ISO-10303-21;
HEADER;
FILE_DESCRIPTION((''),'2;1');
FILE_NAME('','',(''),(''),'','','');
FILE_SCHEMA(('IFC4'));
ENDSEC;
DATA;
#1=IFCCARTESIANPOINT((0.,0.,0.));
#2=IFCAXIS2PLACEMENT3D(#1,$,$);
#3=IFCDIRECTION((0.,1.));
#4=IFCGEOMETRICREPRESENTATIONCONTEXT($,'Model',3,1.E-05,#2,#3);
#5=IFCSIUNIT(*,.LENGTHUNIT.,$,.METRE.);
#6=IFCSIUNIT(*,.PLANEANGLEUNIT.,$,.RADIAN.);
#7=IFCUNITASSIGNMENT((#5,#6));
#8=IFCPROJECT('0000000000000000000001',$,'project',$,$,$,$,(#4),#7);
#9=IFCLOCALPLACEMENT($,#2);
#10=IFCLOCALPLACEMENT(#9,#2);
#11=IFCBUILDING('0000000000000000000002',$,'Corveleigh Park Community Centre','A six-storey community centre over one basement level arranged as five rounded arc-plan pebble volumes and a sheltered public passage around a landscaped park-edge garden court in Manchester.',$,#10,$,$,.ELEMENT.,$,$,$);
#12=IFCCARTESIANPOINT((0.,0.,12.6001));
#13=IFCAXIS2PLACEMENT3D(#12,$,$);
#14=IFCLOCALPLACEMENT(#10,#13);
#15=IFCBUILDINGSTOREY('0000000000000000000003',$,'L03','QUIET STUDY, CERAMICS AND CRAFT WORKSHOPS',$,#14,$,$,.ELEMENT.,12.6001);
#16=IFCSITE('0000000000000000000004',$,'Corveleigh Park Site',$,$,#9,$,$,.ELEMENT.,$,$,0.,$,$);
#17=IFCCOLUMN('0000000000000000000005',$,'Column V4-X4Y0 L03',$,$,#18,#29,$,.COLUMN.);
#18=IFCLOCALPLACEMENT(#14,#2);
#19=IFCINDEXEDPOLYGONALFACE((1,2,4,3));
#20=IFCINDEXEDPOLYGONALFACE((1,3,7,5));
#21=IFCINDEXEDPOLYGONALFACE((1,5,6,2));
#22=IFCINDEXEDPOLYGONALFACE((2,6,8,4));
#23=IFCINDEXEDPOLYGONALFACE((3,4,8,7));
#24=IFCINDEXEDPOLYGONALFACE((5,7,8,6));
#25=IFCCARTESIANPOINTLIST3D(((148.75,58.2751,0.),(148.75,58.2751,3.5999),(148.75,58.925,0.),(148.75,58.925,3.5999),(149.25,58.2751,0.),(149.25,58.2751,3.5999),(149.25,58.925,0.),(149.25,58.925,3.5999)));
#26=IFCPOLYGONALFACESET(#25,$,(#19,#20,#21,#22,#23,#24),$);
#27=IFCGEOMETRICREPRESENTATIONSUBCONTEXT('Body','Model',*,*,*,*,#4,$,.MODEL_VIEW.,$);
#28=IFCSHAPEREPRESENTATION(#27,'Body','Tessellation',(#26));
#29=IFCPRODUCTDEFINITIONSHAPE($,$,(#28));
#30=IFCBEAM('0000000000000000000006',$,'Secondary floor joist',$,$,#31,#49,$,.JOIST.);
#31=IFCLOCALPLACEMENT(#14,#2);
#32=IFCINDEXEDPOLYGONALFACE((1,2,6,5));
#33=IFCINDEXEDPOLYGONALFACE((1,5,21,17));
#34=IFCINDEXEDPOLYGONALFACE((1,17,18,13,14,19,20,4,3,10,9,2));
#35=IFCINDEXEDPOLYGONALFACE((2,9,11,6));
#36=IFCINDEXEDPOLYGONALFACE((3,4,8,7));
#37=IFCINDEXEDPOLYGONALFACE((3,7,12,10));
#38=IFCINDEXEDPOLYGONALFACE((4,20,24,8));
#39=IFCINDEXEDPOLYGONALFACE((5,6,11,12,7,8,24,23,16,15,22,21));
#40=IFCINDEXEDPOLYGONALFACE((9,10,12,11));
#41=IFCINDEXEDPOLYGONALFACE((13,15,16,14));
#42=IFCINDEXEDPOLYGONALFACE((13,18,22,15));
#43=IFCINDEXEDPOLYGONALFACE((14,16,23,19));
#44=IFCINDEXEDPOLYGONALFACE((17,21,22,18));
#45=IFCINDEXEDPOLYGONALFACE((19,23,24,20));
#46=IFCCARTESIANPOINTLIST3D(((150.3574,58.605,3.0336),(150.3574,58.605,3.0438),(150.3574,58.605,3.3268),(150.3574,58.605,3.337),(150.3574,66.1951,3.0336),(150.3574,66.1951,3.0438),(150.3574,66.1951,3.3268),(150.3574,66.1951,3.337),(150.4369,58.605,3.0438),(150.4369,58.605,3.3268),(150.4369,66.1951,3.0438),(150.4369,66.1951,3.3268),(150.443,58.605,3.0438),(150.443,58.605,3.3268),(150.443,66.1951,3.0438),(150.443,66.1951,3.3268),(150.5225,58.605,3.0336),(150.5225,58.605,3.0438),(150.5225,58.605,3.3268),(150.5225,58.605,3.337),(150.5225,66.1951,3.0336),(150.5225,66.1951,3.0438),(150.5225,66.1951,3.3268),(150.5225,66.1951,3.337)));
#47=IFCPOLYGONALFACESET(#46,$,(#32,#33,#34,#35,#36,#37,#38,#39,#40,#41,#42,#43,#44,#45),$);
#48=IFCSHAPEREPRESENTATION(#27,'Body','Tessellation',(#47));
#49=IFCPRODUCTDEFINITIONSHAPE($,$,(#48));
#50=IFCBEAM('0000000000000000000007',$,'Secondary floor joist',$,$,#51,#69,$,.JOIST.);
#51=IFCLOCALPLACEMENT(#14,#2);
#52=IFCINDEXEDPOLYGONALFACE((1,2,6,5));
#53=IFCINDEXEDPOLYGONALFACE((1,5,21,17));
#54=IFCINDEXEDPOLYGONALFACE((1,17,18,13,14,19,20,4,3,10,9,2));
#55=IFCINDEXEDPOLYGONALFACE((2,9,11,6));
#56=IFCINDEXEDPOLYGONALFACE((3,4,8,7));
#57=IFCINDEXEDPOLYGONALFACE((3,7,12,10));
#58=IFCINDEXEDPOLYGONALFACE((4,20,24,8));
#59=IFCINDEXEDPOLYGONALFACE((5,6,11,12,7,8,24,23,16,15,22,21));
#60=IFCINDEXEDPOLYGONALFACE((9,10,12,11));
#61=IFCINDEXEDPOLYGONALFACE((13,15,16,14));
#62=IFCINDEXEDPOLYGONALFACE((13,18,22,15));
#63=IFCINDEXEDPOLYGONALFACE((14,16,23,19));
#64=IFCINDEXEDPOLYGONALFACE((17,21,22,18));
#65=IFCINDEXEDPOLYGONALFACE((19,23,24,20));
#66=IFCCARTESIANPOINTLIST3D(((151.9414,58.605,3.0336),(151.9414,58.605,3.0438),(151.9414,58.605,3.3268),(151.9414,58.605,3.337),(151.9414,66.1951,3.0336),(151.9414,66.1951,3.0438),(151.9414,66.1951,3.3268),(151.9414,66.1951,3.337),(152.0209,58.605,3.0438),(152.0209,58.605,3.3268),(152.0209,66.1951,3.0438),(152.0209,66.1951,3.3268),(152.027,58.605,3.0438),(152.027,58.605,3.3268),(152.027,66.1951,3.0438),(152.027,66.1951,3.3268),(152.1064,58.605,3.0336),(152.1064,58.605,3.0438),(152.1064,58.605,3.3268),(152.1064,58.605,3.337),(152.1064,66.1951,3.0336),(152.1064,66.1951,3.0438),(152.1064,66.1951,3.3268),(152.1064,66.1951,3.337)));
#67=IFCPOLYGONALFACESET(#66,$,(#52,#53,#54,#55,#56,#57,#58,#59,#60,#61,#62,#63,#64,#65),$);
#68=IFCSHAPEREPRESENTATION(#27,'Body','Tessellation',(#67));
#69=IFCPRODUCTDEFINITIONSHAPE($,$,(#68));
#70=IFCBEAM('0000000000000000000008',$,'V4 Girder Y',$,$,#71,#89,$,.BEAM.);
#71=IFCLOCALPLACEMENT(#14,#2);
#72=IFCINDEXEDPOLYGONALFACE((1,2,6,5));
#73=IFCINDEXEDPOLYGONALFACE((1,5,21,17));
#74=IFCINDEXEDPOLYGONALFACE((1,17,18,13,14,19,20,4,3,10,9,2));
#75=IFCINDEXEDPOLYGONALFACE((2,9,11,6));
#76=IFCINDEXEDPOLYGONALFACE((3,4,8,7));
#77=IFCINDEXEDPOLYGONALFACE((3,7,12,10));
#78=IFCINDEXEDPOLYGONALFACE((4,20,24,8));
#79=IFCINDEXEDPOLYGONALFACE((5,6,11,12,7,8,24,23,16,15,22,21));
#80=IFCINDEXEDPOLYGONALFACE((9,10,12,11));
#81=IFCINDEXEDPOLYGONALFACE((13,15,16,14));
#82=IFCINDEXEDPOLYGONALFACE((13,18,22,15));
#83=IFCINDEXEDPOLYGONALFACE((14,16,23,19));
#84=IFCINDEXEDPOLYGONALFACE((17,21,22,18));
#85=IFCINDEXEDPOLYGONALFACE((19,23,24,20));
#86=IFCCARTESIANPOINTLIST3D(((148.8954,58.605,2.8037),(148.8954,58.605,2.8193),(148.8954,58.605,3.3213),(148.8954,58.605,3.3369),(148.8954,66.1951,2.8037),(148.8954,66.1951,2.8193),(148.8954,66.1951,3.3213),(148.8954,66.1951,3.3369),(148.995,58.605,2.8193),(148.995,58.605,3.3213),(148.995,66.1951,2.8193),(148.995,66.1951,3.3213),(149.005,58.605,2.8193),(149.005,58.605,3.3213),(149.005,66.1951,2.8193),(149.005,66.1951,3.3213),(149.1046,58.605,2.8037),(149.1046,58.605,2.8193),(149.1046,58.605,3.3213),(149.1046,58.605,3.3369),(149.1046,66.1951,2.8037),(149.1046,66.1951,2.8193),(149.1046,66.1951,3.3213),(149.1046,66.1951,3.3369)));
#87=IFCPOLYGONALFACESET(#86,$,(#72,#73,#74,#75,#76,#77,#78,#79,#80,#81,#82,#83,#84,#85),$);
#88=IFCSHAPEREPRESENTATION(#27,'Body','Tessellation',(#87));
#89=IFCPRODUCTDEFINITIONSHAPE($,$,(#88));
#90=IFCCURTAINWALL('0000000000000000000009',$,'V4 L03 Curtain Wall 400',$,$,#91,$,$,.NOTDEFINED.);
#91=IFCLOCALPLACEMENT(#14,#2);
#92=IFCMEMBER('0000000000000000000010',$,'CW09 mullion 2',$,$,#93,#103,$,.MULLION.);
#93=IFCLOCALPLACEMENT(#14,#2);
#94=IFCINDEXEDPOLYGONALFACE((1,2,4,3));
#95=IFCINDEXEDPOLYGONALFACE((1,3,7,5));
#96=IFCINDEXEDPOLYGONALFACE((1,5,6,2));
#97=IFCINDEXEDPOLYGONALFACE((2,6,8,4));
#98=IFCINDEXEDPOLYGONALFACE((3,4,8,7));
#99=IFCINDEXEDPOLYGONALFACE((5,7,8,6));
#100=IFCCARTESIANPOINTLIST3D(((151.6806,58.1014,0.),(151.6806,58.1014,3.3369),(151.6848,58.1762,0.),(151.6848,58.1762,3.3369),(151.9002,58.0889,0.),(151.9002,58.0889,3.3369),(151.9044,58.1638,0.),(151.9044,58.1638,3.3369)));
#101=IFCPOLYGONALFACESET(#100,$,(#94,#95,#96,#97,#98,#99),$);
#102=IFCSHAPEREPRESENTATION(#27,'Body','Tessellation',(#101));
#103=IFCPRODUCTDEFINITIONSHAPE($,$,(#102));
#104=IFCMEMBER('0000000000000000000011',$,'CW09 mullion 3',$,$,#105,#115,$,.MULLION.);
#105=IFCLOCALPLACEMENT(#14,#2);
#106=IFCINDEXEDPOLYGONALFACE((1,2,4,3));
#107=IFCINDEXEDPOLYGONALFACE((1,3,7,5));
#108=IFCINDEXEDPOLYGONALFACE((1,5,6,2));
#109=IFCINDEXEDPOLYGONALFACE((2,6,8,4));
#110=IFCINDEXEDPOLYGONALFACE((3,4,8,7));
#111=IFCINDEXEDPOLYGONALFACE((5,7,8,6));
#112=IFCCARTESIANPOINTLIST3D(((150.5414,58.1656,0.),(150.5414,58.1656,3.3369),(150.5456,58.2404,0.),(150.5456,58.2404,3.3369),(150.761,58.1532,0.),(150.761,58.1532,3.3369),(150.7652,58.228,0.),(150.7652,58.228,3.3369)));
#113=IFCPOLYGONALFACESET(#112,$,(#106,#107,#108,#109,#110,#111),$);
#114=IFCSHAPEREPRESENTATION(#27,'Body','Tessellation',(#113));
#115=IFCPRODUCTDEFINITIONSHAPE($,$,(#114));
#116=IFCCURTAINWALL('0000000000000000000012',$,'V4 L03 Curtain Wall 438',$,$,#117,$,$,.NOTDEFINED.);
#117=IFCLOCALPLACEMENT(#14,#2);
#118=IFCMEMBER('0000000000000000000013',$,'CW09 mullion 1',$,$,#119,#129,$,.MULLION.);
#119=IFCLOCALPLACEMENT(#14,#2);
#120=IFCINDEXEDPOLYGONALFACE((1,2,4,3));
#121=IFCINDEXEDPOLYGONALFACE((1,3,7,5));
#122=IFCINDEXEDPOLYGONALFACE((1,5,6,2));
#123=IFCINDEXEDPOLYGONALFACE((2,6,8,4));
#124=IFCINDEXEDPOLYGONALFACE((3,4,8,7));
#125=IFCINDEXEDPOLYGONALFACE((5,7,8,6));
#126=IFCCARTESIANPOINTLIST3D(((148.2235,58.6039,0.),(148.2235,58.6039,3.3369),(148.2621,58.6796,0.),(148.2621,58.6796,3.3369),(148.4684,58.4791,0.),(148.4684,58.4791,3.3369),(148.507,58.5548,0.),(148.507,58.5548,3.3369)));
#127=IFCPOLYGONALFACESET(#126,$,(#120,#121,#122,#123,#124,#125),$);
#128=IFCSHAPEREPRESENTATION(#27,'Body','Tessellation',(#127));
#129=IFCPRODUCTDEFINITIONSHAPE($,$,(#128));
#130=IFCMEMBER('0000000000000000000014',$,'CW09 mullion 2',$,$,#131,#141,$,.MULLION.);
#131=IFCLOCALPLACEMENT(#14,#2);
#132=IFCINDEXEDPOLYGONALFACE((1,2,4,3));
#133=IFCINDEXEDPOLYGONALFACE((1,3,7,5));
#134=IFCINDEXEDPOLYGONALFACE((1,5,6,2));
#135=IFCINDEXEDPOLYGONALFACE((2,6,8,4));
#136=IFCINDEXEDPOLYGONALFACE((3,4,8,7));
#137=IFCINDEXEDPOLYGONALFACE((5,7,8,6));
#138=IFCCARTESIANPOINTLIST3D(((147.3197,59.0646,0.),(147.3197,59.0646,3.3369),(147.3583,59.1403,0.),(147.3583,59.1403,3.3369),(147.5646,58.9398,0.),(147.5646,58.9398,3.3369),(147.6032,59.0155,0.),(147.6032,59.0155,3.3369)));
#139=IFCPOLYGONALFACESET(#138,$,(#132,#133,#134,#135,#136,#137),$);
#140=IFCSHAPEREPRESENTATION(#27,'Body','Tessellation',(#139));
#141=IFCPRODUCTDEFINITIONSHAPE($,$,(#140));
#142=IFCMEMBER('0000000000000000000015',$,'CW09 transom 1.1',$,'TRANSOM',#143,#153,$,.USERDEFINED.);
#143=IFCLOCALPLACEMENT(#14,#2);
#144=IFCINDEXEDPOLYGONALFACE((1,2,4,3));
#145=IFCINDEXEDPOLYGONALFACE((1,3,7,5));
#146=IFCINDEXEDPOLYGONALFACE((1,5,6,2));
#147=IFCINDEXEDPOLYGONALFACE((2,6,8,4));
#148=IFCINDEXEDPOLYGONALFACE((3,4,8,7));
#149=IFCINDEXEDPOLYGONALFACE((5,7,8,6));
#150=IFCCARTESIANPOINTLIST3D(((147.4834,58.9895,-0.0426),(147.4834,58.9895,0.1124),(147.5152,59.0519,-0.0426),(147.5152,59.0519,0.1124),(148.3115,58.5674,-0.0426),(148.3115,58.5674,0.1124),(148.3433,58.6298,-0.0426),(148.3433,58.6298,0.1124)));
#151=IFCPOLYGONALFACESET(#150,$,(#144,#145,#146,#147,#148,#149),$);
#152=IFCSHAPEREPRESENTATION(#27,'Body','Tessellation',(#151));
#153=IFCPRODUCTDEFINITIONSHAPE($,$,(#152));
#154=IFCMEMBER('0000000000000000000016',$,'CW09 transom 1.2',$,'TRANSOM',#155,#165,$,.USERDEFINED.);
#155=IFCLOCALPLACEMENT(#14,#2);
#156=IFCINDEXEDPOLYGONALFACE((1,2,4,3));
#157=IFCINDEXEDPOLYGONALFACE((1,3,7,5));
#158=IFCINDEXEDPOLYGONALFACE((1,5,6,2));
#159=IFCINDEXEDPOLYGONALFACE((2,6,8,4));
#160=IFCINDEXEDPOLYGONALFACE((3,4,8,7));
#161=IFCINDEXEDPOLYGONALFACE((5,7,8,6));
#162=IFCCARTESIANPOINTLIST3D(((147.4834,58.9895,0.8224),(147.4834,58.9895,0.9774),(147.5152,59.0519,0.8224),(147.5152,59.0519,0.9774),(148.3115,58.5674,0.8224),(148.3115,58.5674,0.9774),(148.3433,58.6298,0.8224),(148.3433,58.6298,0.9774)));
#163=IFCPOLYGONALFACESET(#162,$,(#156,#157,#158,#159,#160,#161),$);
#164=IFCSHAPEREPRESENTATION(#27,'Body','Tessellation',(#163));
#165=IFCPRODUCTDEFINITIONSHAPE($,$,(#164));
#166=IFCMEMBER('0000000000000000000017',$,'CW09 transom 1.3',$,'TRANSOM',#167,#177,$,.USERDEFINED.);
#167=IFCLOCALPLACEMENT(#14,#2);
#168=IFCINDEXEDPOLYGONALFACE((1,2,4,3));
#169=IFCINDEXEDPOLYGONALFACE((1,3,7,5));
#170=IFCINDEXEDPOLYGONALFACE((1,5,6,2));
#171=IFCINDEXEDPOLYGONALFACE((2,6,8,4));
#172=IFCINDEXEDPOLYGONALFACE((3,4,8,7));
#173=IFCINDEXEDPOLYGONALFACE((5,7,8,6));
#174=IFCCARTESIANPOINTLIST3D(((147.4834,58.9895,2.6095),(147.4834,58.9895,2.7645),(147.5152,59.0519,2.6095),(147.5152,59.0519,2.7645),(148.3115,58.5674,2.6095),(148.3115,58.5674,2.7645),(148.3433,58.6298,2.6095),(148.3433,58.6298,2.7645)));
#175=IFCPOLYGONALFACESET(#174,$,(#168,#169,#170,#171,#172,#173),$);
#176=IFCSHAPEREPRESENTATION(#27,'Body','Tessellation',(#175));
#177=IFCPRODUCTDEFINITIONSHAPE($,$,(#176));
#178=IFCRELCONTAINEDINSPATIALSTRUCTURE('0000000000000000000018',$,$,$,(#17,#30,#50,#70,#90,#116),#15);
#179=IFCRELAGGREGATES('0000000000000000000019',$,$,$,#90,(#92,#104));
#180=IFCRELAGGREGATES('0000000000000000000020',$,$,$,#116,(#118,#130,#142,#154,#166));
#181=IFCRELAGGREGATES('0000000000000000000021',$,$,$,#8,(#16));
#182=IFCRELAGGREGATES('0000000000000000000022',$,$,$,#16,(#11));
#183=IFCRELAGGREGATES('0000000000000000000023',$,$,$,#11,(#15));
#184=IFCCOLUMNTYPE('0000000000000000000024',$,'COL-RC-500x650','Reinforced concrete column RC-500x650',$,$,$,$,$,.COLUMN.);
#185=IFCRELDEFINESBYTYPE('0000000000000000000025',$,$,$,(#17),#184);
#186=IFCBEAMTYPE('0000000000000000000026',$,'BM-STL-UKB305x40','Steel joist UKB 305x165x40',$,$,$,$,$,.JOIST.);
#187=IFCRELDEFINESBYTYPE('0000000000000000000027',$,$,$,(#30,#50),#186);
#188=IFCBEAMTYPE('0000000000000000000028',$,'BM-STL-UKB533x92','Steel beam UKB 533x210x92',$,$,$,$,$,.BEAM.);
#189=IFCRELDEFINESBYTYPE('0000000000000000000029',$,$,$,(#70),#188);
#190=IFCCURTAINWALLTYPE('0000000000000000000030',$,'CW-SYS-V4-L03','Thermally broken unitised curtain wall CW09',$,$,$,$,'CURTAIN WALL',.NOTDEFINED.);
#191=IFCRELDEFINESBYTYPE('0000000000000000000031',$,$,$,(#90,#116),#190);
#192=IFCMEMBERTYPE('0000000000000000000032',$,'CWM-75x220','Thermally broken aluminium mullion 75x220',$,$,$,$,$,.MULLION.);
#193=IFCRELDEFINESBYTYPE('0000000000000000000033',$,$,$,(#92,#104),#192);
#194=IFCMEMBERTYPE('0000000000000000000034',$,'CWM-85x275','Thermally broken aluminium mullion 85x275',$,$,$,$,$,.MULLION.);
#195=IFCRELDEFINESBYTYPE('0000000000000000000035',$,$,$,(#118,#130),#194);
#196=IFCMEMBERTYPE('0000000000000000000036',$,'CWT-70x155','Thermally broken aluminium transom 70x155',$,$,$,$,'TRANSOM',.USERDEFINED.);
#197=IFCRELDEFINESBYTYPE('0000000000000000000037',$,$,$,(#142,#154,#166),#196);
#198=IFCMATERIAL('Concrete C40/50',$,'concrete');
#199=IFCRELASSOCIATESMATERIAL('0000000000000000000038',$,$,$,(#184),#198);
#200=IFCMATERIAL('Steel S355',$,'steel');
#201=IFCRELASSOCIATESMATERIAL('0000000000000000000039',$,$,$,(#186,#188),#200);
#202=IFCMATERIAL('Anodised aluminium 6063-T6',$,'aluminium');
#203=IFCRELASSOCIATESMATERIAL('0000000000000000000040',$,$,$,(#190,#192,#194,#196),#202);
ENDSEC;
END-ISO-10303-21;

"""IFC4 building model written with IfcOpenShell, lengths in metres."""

from ifc_helpers import new_model, si_unit, direction, frame, origin, origin_2d, place, context, subcontext, project, spatial, rectangle, i_section, extrude, material, material_profile, profile_set, type_object, element, aggregate, save


model = new_model("IFC4")

# Units and contexts
model_context = context("Model", 3, precision=1e-05, world=origin(), true_north=direction((0.0, 1.0)))
body_context = subcontext(model_context, "Body", "Model", "MODEL_VIEW")
ifc_project = project(units=[si_unit("LENGTHUNIT", "METRE"), si_unit("PLANEANGLEUNIT", "RADIAN")], contexts=[model_context])

# Site, building, storey
site_placement = place(None, origin())
site = spatial("IfcSite", under=ifc_project, at=site_placement, Name="Corveleigh Park Site", CompositionType="ELEMENT", RefElevation=0.0)
building_placement = place(site_placement, origin())
building = spatial("IfcBuilding", under=site, at=building_placement, Name="Corveleigh Park Community Centre", Description="A six-storey community centre over one basement level arranged as five rounded arc-plan pebble volumes and a sheltered public passage around a landscaped park-edge garden court in Manchester.", CompositionType="ELEMENT")
storey_placement = place(building_placement, frame((0.0, 0.0, 12.6001)))
storey = spatial("IfcBuildingStorey", under=building, at=storey_placement, Name="L03", Description="QUIET STUDY, CERAMICS AND CRAFT WORKSHOPS", CompositionType="ELEMENT", Elevation=12.6001)

# Column
ifc_material_1 = material(Name="Concrete C40/50", Category="concrete")
ifc_material_profile_1 = material_profile(ifc_material_1, rectangle(XDim=0.5, YDim=0.6499, at=origin_2d()), Name="RC-500x650", Category="concrete")
ifc_profile_set_1 = profile_set([ifc_material_profile_1], Name="Concrete C40/50")
column_type = type_object("IfcColumnType", Name="COL-RC-500x650", Description="Reinforced concrete column RC-500x650", PredefinedType="COLUMN", material=ifc_profile_set_1)
column_placement = place(storey_placement, frame((149.0, 58.6001, 0.0), z_axis=(0.0, 0.0, 1.0), x_axis=(1.0, 0.0, 0.0)))
element("IfcColumn", 1, at=column_placement, inside=storey, type_object=column_type, Name="Column V4-X4Y0 L03", PredefinedType="COLUMN", context=body_context, shape_type="SweptSolid", body=[
    extrude(rectangle(XDim=0.5, YDim=0.6499, at=origin_2d()), origin(), (0.0, 0.0, 1.0), 3.5999),
])

# Beams
ifc_material_2 = material(Name="Steel S355", Category="steel")
ifc_material_profile_2 = material_profile(ifc_material_2, i_section(OverallWidth=0.165, OverallDepth=0.3035, WebThickness=0.0061, FlangeThickness=0.0103, at=origin_2d()), Name="UKB 305x165x40", Category="steel")
ifc_profile_set_2 = profile_set([ifc_material_profile_2], Name="Steel S355")
beam_type_1 = type_object("IfcBeamType", Name="BM-STL-UKB305x40", Description="Steel joist UKB 305x165x40", PredefinedType="JOIST", material=ifc_profile_set_2)
for number, where, z_axis, x_axis, name in (
    (2, (150.4399, 58.605, 3.1853), (0.0, 1.0, 0.0), (-1.0, 0.0, 0.0), "Secondary floor joist"),
    (3, (152.0239, 58.605, 3.1853), (0.0, 1.0, 0.0), (-1.0, 0.0, 0.0), "Secondary floor joist"),
):
    element("IfcBeam", number, at=place(storey_placement, frame(where, z_axis=z_axis, x_axis=x_axis)), inside=storey, type_object=beam_type_1, Name=name, PredefinedType="JOIST", context=body_context, shape_type="SweptSolid", body=[
        extrude(i_section(OverallWidth=0.165, OverallDepth=0.3035, WebThickness=0.0061, FlangeThickness=0.0103, at=origin_2d()), origin(), (0.0, 0.0, 1.0), 7.5901),
    ])
ifc_material_profile_3 = material_profile(ifc_material_2, i_section(OverallWidth=0.2092, OverallDepth=0.5332, WebThickness=0.01, FlangeThickness=0.0156, at=origin_2d()), Name="UKB 533x210x92", Category="steel")
ifc_profile_set_3 = profile_set([ifc_material_profile_3], Name="Steel S355")
beam_type_2 = type_object("IfcBeamType", Name="BM-STL-UKB533x92", Description="Steel beam UKB 533x210x92", PredefinedType="BEAM", material=ifc_profile_set_3)
beam_1_placement = place(storey_placement, frame((149.0, 58.605, 3.0703), z_axis=(0.0, 1.0, 0.0), x_axis=(-1.0, 0.0, 0.0)))
element("IfcBeam", 4, at=beam_1_placement, inside=storey, type_object=beam_type_2, Name="V4 Girder Y", PredefinedType="BEAM", context=body_context, shape_type="SweptSolid", body=[
    extrude(i_section(OverallWidth=0.2092, OverallDepth=0.5332, WebThickness=0.01, FlangeThickness=0.0156, at=origin_2d()), origin(), (0.0, 0.0, 1.0), 7.5901),
])

# Curtain walls, members
ifc_material_3 = material(Name="Anodised aluminium 6063-T6", Category="aluminium")
curtain_wall_type = type_object("IfcCurtainWallType", Name="CW-SYS-V4-L03", Description="Thermally broken unitised curtain wall CW09", ElementType="CURTAIN WALL", PredefinedType="NOTDEFINED", material=ifc_material_3)
curtain_wall_1_placement = place(storey_placement, origin())
curtain_wall_1 = element("IfcCurtainWall", 5, at=curtain_wall_1_placement, inside=storey, type_object=curtain_wall_type, Name="V4 L03 Curtain Wall 400", PredefinedType="NOTDEFINED")
ifc_material_profile_4 = material_profile(ifc_material_3, rectangle(XDim=0.075, YDim=0.22, at=origin_2d()), Name="ALU-M75x220", Category="aluminium")
ifc_profile_set_4 = profile_set([ifc_material_profile_4], Name="Anodised aluminium 6063-T6")
member_type_1 = type_object("IfcMemberType", Name="CWM-75x220", Description="Thermally broken aluminium mullion 75x220", PredefinedType="MULLION", material=ifc_profile_set_4)
member_1_placement = place(storey_placement, frame((151.7925, 58.1326, 0.0), z_axis=(0.0, 0.0, 1.0), x_axis=(-0.056434, -0.998406, 0.0)))
member_1 = element("IfcMember", 6, at=member_1_placement, type_object=member_type_1, Name="CW09 mullion 2", PredefinedType="MULLION", context=body_context, shape_type="SweptSolid", body=[
    extrude(rectangle(XDim=0.075, YDim=0.22, at=origin_2d()), origin(), (0.0, 0.0, 1.0), 3.3369),
])
member_2_placement = place(storey_placement, frame((150.6533, 58.1968, 0.0), z_axis=(0.0, 0.0, 1.0), x_axis=(-0.056434, -0.998406, 0.0)))
member_2 = element("IfcMember", 7, at=member_2_placement, type_object=member_type_1, Name="CW09 mullion 3", PredefinedType="MULLION", context=body_context, shape_type="SweptSolid", body=[
    extrude(rectangle(XDim=0.075, YDim=0.22, at=origin_2d()), origin(), (0.0, 0.0, 1.0), 3.3369),
])
curtain_wall_2_placement = place(storey_placement, origin())
curtain_wall_2 = element("IfcCurtainWall", 8, at=curtain_wall_2_placement, inside=storey, type_object=curtain_wall_type, Name="V4 L03 Curtain Wall 438", PredefinedType="NOTDEFINED")
ifc_material_profile_5 = material_profile(ifc_material_3, rectangle(XDim=0.085, YDim=0.2749, at=origin_2d()), Name="ALU-M85x275", Category="aluminium")
ifc_profile_set_5 = profile_set([ifc_material_profile_5], Name="Anodised aluminium 6063-T6")
member_type_2 = type_object("IfcMemberType", Name="CWM-85x275", Description="Thermally broken aluminium mullion 85x275", PredefinedType="MULLION", material=ifc_profile_set_5)
member_3_placement = place(storey_placement, frame((148.3652, 58.5793, 0.0), z_axis=(0.0, 0.0, 1.0), x_axis=(-0.454202, -0.890899, 0.0)))
member_3 = element("IfcMember", 9, at=member_3_placement, type_object=member_type_2, Name="CW09 mullion 1", PredefinedType="MULLION", context=body_context, shape_type="SweptSolid", body=[
    extrude(rectangle(XDim=0.085, YDim=0.2749, at=origin_2d()), origin(), (0.0, 0.0, 1.0), 3.3369),
])
member_4_placement = place(storey_placement, frame((147.4614, 59.04, 0.0), z_axis=(0.0, 0.0, 1.0), x_axis=(-0.454202, -0.890899, 0.0)))
member_4 = element("IfcMember", 10, at=member_4_placement, type_object=member_type_2, Name="CW09 mullion 2", PredefinedType="MULLION", context=body_context, shape_type="SweptSolid", body=[
    extrude(rectangle(XDim=0.085, YDim=0.2749, at=origin_2d()), origin(), (0.0, 0.0, 1.0), 3.3369),
])
ifc_material_profile_6 = material_profile(ifc_material_3, rectangle(XDim=0.0701, YDim=0.155, at=origin_2d()), Name="ALU-T70x155", Category="aluminium")
ifc_profile_set_6 = profile_set([ifc_material_profile_6], Name="Anodised aluminium 6063-T6")
member_type_3 = type_object("IfcMemberType", Name="CWT-70x155", Description="Thermally broken aluminium transom 70x155", ElementType="TRANSOM", PredefinedType="USERDEFINED", material=ifc_profile_set_6)
member_5_placement = place(storey_placement, frame((148.3274, 58.5986, 0.0349), z_axis=(-0.890933, 0.454134, 0.0), x_axis=(-0.454134, -0.890933, 0.0)))
member_5 = element("IfcMember", 11, at=member_5_placement, type_object=member_type_3, Name="CW09 transom 1.1", ObjectType="TRANSOM", PredefinedType="USERDEFINED", context=body_context, shape_type="SweptSolid", body=[
    extrude(rectangle(XDim=0.0701, YDim=0.155, at=origin_2d()), origin(), (0.0, 0.0, 1.0), 0.9294),
])
member_6_placement = place(storey_placement, frame((148.3274, 58.5986, 0.8999), z_axis=(-0.890933, 0.454134, 0.0), x_axis=(-0.454134, -0.890933, 0.0)))
member_6 = element("IfcMember", 12, at=member_6_placement, type_object=member_type_3, Name="CW09 transom 1.2", ObjectType="TRANSOM", PredefinedType="USERDEFINED", context=body_context, shape_type="SweptSolid", body=[
    extrude(rectangle(XDim=0.0701, YDim=0.155, at=origin_2d()), origin(), (0.0, 0.0, 1.0), 0.9294),
])
member_7_placement = place(storey_placement, frame((148.3274, 58.5986, 2.687), z_axis=(-0.890933, 0.454134, 0.0), x_axis=(-0.454134, -0.890933, 0.0)))
member_7 = element("IfcMember", 13, at=member_7_placement, type_object=member_type_3, Name="CW09 transom 1.3", ObjectType="TRANSOM", PredefinedType="USERDEFINED", context=body_context, shape_type="SweptSolid", body=[
    extrude(rectangle(XDim=0.0701, YDim=0.155, at=origin_2d()), origin(), (0.0, 0.0, 1.0), 0.9294),
])

aggregate(curtain_wall_1, [member_1, member_2])
aggregate(curtain_wall_2, [member_3, member_4, member_5, member_6, member_7])

save(model, "model.ifc")
